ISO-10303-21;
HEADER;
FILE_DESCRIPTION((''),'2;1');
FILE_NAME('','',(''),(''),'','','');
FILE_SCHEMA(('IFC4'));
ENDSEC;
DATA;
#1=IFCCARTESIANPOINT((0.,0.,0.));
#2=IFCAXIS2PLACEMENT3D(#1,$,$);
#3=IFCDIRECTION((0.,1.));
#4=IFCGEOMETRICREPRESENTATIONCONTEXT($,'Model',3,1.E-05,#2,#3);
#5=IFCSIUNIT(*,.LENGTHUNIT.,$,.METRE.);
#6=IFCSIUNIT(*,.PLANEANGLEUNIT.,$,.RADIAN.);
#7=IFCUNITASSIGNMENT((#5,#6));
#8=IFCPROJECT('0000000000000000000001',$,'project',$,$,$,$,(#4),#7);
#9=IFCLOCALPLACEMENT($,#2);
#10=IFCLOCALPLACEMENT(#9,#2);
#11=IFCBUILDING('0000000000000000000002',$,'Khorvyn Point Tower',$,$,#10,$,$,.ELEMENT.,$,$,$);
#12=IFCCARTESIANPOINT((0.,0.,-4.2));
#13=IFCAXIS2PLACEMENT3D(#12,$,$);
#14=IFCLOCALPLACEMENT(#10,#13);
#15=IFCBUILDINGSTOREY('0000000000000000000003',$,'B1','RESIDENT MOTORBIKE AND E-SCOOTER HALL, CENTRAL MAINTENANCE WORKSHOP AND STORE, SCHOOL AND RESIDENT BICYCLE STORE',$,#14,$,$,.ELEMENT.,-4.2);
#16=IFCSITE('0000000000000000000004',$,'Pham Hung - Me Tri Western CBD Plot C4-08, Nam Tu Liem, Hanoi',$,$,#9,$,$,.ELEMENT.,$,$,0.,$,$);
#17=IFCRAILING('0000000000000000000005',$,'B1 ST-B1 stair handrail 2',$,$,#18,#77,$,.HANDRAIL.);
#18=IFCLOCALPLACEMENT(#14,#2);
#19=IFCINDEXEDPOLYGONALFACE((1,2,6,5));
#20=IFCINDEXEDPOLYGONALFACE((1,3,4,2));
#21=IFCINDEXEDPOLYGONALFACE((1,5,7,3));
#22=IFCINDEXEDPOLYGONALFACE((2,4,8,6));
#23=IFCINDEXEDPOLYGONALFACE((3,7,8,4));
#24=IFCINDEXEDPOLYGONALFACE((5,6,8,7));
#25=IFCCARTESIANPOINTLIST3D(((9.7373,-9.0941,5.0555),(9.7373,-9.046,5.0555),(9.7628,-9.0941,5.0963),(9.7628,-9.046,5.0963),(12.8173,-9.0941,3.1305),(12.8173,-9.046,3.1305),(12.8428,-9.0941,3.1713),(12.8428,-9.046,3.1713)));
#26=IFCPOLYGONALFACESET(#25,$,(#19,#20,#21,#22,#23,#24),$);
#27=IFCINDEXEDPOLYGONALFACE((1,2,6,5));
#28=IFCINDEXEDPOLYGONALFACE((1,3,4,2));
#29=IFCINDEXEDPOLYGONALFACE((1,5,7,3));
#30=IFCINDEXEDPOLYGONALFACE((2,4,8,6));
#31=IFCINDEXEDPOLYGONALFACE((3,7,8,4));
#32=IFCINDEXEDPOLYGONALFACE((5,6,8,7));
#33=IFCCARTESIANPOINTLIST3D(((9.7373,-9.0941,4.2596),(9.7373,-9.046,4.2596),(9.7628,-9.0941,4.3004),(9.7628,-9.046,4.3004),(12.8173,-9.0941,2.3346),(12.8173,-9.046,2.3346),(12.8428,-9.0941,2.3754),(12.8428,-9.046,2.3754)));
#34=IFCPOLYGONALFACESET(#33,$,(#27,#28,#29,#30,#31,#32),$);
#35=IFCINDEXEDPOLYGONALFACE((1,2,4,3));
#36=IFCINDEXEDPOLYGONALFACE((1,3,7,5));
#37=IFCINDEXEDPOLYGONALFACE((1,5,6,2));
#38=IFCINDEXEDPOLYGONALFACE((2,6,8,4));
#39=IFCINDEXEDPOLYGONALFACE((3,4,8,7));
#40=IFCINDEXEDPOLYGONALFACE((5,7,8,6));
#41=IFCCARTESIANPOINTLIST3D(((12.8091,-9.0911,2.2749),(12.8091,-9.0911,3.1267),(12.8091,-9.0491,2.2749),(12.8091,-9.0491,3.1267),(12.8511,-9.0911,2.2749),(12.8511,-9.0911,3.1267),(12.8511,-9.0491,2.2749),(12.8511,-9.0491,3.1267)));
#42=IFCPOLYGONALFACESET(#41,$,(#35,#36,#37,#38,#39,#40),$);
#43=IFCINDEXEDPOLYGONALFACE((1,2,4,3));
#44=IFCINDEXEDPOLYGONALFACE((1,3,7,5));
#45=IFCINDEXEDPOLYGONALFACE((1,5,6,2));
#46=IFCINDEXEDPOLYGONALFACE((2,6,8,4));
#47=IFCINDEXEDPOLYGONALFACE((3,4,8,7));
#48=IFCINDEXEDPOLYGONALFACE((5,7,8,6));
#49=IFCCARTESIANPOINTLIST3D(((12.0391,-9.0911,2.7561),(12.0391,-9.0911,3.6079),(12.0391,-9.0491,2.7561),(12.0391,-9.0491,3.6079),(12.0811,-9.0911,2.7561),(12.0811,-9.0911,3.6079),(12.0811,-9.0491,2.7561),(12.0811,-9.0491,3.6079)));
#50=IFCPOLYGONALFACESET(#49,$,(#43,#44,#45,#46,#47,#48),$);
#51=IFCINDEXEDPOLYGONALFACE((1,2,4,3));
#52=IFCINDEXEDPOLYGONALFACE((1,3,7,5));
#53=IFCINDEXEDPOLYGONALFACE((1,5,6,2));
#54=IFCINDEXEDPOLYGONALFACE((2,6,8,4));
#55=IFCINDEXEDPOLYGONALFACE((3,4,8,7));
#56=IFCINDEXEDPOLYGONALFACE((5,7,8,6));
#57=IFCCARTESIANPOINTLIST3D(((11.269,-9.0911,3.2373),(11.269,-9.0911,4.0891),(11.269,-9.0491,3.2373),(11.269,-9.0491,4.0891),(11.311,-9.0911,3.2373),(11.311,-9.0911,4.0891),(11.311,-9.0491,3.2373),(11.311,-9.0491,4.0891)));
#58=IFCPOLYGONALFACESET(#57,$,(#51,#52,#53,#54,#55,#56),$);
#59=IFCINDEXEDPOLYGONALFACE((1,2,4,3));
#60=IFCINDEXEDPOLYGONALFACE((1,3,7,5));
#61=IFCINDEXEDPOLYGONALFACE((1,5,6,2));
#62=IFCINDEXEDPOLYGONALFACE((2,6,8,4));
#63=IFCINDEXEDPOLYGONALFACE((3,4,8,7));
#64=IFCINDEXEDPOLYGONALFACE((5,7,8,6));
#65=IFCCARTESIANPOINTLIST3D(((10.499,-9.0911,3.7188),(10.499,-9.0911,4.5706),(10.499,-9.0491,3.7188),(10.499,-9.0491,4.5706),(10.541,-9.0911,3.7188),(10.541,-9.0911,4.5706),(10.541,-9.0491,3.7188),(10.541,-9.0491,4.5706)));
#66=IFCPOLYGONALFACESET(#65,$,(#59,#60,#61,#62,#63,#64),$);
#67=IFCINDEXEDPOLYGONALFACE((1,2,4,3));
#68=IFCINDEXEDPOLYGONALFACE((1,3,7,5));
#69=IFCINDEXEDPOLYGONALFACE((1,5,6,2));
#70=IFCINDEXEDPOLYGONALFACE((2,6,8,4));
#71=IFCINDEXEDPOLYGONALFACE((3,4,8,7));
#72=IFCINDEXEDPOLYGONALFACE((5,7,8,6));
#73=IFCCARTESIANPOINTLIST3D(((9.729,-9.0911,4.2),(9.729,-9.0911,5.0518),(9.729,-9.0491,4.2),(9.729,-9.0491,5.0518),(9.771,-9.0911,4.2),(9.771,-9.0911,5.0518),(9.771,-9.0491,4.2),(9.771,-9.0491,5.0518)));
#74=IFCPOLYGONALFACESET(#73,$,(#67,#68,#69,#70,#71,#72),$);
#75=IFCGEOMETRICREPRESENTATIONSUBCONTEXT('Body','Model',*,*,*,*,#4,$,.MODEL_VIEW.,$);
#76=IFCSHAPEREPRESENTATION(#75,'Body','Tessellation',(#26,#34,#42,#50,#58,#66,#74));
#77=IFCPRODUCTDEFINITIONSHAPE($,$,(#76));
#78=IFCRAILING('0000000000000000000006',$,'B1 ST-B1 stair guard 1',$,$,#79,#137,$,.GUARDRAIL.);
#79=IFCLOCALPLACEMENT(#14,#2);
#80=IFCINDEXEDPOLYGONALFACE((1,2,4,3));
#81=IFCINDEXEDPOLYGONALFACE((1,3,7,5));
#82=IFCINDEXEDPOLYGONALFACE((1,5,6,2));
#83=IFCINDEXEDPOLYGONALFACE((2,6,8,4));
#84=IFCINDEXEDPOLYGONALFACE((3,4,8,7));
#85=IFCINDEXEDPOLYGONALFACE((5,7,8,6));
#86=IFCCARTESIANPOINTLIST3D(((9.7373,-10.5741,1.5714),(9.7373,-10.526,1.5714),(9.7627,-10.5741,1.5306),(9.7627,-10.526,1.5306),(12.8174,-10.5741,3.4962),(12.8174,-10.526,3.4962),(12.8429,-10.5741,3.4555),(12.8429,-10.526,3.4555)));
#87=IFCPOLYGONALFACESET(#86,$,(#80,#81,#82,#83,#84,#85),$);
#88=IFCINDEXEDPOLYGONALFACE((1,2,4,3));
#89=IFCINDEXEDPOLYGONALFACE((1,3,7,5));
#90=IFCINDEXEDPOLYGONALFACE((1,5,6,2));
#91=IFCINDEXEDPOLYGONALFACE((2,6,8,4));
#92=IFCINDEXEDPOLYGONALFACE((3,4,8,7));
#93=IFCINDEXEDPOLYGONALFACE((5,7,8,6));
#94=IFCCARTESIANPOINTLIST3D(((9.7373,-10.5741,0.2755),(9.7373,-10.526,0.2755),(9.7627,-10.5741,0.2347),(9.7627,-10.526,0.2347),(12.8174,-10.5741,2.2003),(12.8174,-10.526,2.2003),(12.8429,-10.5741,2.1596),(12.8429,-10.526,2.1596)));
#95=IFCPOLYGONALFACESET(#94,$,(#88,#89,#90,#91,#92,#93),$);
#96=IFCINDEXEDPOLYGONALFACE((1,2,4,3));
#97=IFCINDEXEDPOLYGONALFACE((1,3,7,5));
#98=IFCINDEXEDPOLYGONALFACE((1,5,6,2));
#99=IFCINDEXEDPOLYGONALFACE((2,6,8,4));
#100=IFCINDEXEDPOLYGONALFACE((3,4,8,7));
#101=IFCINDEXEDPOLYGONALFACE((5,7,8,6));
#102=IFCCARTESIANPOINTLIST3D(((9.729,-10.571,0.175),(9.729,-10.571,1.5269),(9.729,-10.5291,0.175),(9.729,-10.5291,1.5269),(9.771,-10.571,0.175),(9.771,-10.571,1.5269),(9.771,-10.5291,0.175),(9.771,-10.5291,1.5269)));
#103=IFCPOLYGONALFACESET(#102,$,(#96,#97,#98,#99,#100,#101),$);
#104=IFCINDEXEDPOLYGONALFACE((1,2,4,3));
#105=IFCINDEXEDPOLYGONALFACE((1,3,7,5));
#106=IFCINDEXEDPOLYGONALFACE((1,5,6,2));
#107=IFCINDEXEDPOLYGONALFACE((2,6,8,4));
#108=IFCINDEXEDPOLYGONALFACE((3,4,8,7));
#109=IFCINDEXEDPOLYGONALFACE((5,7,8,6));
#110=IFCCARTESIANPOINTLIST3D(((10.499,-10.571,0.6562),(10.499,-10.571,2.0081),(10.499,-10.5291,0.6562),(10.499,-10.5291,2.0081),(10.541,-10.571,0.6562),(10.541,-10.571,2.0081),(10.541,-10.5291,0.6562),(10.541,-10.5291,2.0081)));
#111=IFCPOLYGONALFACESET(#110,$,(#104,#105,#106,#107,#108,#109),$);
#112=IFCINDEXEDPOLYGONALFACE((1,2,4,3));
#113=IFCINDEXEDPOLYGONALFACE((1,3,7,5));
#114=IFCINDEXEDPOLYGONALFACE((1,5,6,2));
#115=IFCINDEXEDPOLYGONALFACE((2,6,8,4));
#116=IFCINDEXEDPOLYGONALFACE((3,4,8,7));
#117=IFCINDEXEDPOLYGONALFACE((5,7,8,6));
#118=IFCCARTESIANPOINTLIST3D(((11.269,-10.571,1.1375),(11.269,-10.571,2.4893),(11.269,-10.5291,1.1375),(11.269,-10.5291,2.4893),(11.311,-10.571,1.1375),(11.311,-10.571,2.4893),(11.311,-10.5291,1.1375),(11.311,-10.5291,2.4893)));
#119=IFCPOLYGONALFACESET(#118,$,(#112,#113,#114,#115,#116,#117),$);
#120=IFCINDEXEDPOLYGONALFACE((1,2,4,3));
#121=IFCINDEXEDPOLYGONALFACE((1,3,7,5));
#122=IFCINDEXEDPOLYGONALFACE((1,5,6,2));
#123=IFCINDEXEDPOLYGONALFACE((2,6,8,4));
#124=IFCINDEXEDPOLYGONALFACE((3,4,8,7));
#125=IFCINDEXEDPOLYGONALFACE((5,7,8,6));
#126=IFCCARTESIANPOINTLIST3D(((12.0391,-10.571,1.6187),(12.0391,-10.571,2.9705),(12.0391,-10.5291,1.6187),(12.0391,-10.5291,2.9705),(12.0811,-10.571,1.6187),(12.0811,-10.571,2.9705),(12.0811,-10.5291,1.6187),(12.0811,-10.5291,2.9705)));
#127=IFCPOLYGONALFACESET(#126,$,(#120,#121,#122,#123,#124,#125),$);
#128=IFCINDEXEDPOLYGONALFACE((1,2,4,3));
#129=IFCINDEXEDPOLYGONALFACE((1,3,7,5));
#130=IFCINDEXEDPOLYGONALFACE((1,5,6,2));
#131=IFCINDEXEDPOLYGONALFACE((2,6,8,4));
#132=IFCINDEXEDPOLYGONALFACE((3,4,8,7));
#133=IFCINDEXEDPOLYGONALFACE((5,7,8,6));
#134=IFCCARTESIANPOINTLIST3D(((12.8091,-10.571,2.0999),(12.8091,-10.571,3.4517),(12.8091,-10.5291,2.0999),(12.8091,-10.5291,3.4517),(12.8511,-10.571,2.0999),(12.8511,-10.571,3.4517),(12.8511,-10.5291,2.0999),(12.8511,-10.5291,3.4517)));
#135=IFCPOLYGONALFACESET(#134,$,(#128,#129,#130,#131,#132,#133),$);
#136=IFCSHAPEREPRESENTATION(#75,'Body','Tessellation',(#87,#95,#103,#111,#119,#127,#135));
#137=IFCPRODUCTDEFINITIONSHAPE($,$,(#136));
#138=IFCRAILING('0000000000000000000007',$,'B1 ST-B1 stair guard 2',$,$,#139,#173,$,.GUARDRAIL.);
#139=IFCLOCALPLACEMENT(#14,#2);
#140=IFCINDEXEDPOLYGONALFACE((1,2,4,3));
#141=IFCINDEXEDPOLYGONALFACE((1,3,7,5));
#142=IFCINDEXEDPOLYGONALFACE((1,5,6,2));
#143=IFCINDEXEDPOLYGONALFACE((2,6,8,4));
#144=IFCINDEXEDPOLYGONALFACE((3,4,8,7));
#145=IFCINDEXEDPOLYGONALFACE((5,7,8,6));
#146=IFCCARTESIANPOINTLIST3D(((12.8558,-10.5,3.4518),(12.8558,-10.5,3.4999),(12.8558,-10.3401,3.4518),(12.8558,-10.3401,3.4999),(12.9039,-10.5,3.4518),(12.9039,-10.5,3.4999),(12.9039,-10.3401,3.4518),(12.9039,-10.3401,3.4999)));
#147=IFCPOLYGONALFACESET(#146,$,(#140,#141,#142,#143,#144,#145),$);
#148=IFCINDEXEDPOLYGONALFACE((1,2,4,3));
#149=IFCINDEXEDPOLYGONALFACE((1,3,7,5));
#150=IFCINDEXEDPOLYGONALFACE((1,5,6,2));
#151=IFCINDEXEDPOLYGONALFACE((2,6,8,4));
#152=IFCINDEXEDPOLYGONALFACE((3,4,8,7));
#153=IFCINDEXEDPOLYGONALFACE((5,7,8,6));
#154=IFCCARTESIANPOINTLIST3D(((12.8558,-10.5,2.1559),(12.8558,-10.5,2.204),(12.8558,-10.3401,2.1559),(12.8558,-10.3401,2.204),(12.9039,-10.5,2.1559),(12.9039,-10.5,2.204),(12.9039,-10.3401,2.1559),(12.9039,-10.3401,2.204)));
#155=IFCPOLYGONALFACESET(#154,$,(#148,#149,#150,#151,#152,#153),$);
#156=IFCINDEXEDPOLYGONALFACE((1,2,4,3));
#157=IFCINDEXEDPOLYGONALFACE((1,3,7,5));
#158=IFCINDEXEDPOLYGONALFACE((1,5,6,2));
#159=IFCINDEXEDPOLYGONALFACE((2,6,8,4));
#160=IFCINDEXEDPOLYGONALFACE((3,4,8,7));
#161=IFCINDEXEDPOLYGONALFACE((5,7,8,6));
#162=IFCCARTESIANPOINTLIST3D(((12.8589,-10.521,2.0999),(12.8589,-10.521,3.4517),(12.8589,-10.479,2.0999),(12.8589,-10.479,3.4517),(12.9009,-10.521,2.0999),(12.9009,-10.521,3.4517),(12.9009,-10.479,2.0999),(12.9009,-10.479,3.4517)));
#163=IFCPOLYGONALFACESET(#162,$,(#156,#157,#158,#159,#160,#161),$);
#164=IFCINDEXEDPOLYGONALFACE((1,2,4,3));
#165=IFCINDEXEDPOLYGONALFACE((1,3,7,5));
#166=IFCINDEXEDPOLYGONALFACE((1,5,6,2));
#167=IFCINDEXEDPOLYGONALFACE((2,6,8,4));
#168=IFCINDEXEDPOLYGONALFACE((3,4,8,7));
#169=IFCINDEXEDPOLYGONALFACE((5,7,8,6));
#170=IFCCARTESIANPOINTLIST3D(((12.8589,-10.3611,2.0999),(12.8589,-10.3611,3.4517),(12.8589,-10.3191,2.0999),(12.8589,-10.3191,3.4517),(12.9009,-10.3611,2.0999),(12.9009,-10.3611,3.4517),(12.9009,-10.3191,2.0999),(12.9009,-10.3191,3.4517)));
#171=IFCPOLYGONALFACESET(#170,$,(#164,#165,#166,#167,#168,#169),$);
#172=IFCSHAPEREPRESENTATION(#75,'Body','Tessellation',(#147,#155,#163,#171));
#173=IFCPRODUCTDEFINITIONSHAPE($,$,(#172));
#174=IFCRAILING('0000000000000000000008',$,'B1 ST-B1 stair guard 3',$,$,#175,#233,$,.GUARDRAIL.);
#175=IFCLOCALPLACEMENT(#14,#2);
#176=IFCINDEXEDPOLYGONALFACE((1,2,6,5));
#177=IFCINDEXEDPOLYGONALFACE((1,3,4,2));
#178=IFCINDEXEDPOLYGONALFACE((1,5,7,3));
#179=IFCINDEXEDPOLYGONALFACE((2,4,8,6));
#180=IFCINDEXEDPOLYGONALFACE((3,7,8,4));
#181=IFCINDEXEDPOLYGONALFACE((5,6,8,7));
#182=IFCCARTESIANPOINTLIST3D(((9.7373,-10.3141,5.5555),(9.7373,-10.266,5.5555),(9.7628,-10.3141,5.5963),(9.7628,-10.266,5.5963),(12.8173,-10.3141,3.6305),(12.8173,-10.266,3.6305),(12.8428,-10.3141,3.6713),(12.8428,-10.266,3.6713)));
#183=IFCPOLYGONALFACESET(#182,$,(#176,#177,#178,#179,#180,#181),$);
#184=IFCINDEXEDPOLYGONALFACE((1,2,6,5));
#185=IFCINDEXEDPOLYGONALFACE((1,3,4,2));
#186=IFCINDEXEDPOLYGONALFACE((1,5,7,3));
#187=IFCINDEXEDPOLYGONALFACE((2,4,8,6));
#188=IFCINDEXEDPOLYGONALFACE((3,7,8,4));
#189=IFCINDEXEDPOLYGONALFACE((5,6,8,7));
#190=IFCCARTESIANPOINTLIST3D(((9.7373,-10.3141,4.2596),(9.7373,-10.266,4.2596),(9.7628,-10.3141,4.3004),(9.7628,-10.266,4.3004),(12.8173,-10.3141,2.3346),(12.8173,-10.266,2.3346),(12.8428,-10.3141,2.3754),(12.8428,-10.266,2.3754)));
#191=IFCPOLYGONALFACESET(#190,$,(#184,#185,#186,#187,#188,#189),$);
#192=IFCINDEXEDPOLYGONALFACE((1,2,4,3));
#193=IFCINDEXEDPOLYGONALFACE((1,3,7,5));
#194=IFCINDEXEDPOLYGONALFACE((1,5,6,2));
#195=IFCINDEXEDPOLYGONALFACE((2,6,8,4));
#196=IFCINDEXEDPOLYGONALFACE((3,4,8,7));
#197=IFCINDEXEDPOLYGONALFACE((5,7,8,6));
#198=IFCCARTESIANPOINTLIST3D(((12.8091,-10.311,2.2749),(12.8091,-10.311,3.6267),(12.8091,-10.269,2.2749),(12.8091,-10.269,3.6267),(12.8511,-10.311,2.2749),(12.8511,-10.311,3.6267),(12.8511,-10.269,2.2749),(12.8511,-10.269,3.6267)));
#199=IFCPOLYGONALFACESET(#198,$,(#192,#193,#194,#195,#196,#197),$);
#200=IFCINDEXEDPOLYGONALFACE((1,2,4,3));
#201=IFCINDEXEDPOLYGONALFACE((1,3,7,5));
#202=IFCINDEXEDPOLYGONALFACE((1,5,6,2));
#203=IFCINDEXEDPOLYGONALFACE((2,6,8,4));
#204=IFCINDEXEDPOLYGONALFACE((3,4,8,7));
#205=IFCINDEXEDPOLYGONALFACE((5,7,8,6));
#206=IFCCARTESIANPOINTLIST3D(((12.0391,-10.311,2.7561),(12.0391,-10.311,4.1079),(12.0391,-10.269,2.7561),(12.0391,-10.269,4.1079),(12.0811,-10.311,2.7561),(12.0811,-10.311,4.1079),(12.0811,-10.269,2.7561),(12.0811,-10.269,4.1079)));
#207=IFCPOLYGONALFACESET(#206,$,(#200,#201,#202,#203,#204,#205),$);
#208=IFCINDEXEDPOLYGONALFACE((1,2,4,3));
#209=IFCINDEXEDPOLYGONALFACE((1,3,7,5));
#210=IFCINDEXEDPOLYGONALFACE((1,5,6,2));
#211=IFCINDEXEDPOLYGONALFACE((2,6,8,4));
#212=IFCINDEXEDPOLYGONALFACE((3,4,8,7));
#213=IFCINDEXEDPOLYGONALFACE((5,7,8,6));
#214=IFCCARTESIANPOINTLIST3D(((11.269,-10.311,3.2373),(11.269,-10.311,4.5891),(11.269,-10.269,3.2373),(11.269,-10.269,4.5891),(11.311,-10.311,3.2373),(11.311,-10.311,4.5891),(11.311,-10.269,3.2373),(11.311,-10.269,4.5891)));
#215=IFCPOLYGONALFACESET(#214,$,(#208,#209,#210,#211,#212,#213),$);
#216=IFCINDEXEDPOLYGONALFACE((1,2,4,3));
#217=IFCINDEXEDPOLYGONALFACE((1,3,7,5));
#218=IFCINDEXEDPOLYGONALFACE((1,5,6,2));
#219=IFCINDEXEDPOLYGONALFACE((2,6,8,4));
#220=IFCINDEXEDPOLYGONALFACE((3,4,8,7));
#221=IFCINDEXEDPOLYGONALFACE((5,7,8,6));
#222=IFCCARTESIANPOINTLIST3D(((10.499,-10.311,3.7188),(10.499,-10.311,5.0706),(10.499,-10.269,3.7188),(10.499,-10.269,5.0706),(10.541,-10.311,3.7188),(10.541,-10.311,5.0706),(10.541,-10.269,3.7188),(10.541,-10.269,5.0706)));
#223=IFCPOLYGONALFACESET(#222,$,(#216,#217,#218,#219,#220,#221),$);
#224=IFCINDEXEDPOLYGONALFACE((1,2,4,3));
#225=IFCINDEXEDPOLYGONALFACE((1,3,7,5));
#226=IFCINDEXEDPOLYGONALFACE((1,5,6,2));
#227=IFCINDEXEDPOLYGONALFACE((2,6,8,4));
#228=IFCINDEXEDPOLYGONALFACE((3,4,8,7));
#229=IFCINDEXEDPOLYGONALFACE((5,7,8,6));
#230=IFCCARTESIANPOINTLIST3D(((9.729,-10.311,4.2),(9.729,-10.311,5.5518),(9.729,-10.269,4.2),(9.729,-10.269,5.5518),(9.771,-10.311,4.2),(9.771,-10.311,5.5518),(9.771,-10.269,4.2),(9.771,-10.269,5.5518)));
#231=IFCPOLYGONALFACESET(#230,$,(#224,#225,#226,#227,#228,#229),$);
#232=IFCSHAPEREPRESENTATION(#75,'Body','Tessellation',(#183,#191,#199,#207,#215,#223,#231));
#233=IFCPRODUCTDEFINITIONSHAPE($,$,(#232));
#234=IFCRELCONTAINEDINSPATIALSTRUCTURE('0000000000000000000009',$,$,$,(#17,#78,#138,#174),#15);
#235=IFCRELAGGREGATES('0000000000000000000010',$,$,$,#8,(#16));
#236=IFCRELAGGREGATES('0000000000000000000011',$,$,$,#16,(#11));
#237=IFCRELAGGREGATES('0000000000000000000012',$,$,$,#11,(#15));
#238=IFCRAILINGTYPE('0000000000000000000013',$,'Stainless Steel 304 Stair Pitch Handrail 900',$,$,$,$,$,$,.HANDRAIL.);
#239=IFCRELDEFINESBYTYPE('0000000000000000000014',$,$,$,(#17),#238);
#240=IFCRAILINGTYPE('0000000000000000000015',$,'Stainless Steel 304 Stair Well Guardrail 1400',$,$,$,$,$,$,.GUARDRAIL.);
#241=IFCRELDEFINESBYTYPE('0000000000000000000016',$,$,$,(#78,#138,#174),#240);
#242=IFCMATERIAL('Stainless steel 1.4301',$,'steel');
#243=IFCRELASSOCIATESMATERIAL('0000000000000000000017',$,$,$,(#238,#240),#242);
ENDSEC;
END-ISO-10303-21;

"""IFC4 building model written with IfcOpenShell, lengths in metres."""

from ifc_helpers import new_model, si_unit, direction, frame, origin, origin_2d, place, context, subcontext, project, spatial, rectangle, extrude, material, type_object, element, save


model = new_model("IFC4")

# Units and contexts
model_context = context("Model", 3, precision=1e-05, world=origin(), true_north=direction((0.0, 1.0)))
body_context = subcontext(model_context, "Body", "Model", "MODEL_VIEW")
ifc_project = project(units=[si_unit("LENGTHUNIT", "METRE"), si_unit("PLANEANGLEUNIT", "RADIAN")], contexts=[model_context])

# Site, building, storey
site_placement = place(None, origin())
site = spatial("IfcSite", under=ifc_project, at=site_placement, Name="Pham Hung - Me Tri Western CBD Plot C4-08, Nam Tu Liem, Hanoi", CompositionType="ELEMENT", RefElevation=0.0)
building_placement = place(site_placement, origin())
building = spatial("IfcBuilding", under=site, at=building_placement, Name="Khorvyn Point Tower", CompositionType="ELEMENT")
storey_placement = place(building_placement, frame((0.0, 0.0, -4.2)))
storey = spatial("IfcBuildingStorey", under=building, at=storey_placement, Name="B1", Description="RESIDENT MOTORBIKE AND E-SCOOTER HALL, CENTRAL MAINTENANCE WORKSHOP AND STORE, SCHOOL AND RESIDENT BICYCLE STORE", CompositionType="ELEMENT", Elevation=-4.2)

# Railings
ifc_material_1 = material(Name="Stainless steel 1.4301", Category="steel")
railing_type_1 = type_object("IfcRailingType", Name="Stainless Steel 304 Stair Pitch Handrail 900", PredefinedType="HANDRAIL", material=ifc_material_1)
railing_1_placement = place(storey_placement, frame((12.8301, -9.0701, 2.2749)))
element("IfcRailing", 1, at=railing_1_placement, inside=storey, type_object=railing_type_1, Name="B1 ST-B1 stair handrail 2", PredefinedType="HANDRAIL", context=body_context, shape_type="SweptSolid", body=[
    extrude(rectangle(XDim=0.0481, YDim=0.0481, at=origin_2d()), frame((0.0, 0.0, 0.876), z_axis=(-0.847998, 0.0, 0.529999), x_axis=(0.0, -1.0, 0.0)), (0.0, 0.0, 1.0), 3.6321),
    extrude(rectangle(XDim=0.0481, YDim=0.0481, at=origin_2d()), frame((0.0, 0.0, 0.0801), z_axis=(-0.847998, 0.0, 0.529999), x_axis=(0.0, -1.0, 0.0)), (0.0, 0.0, 1.0), 3.6321),
    extrude(rectangle(XDim=0.042, YDim=0.042, at=origin_2d()), origin(), (0.0, 0.0, 1.0), 0.8518),
    extrude(rectangle(XDim=0.042, YDim=0.042, at=origin_2d()), frame((-0.77, 0.0, 0.4812)), (0.0, 0.0, 1.0), 0.8518),
    extrude(rectangle(XDim=0.042, YDim=0.042, at=origin_2d()), frame((-1.54, 0.0, 0.9624)), (0.0, 0.0, 1.0), 0.8518),
    extrude(rectangle(XDim=0.042, YDim=0.042, at=origin_2d()), frame((-2.3101, 0.0, 1.4438)), (0.0, 0.0, 1.0), 0.8518),
    extrude(rectangle(XDim=0.042, YDim=0.042, at=origin_2d()), frame((-3.0801, 0.0, 1.925)), (0.0, 0.0, 1.0), 0.8518),
])
railing_type_2 = type_object("IfcRailingType", Name="Stainless Steel 304 Stair Well Guardrail 1400", PredefinedType="GUARDRAIL", material=ifc_material_1)
railing_2_placement = place(storey_placement, frame((9.75, -10.55, 0.175)))
element("IfcRailing", 2, at=railing_2_placement, inside=storey, type_object=railing_type_2, Name="B1 ST-B1 stair guard 1", PredefinedType="GUARDRAIL", context=body_context, shape_type="SweptSolid", body=[
    extrude(rectangle(XDim=0.0481, YDim=0.0481, at=origin_2d()), frame((0.0, 0.0, 1.376), z_axis=(0.848029, 0.0, 0.529951), x_axis=(0.0, 1.0, 0.0)), (0.0, 0.0, 1.0), 3.6321),
    extrude(rectangle(XDim=0.0481, YDim=0.0481, at=origin_2d()), frame((0.0, 0.0, 0.0801), z_axis=(0.848029, 0.0, 0.529951), x_axis=(0.0, 1.0, 0.0)), (0.0, 0.0, 1.0), 3.6321),
    extrude(rectangle(XDim=0.042, YDim=0.042, at=origin_2d()), origin(), (0.0, 0.0, 1.0), 1.3518),
    extrude(rectangle(XDim=0.042, YDim=0.042, at=origin_2d()), frame((0.77, 0.0, 0.4812)), (0.0, 0.0, 1.0), 1.3518),
    extrude(rectangle(XDim=0.042, YDim=0.042, at=origin_2d()), frame((1.54, 0.0, 0.9624)), (0.0, 0.0, 1.0), 1.3518),
    extrude(rectangle(XDim=0.042, YDim=0.042, at=origin_2d()), frame((2.3101, 0.0, 1.4436)), (0.0, 0.0, 1.0), 1.3518),
    extrude(rectangle(XDim=0.042, YDim=0.042, at=origin_2d()), frame((3.0801, 0.0, 1.9248)), (0.0, 0.0, 1.0), 1.3518),
])
railing_3_placement = place(storey_placement, frame((12.8799, -10.5, 2.0999)))
element("IfcRailing", 3, at=railing_3_placement, inside=storey, type_object=railing_type_2, Name="B1 ST-B1 stair guard 2", PredefinedType="GUARDRAIL", context=body_context, shape_type="SweptSolid", body=[
    extrude(rectangle(XDim=0.0481, YDim=0.0481, at=origin_2d()), frame((0.0, 0.0, 1.376), z_axis=(0.0, 1.0, 0.0), x_axis=(-1.0, 0.0, 0.0)), (0.0, 0.0, 1.0), 0.1599),
    extrude(rectangle(XDim=0.0481, YDim=0.0481, at=origin_2d()), frame((0.0, 0.0, 0.0801), z_axis=(0.0, 1.0, 0.0), x_axis=(-1.0, 0.0, 0.0)), (0.0, 0.0, 1.0), 0.1599),
    extrude(rectangle(XDim=0.042, YDim=0.042, at=origin_2d()), origin(), (0.0, 0.0, 1.0), 1.3518),
    extrude(rectangle(XDim=0.042, YDim=0.042, at=origin_2d()), frame((0.0, 0.1599, 0.0)), (0.0, 0.0, 1.0), 1.3518),
])
railing_4_placement = place(storey_placement, frame((12.8301, -10.29, 2.2749)))
element("IfcRailing", 4, at=railing_4_placement, inside=storey, type_object=railing_type_2, Name="B1 ST-B1 stair guard 3", PredefinedType="GUARDRAIL", context=body_context, shape_type="SweptSolid", body=[
    extrude(rectangle(XDim=0.0481, YDim=0.0481, at=origin_2d()), frame((0.0, 0.0, 1.376), z_axis=(-0.847998, 0.0, 0.529999), x_axis=(0.0, -1.0, 0.0)), (0.0, 0.0, 1.0), 3.6321),
    extrude(rectangle(XDim=0.0481, YDim=0.0481, at=origin_2d()), frame((0.0, 0.0, 0.0801), z_axis=(-0.847998, 0.0, 0.529999), x_axis=(0.0, -1.0, 0.0)), (0.0, 0.0, 1.0), 3.6321),
    extrude(rectangle(XDim=0.042, YDim=0.042, at=origin_2d()), origin(), (0.0, 0.0, 1.0), 1.3518),
    extrude(rectangle(XDim=0.042, YDim=0.042, at=origin_2d()), frame((-0.77, 0.0, 0.4812)), (0.0, 0.0, 1.0), 1.3518),
    extrude(rectangle(XDim=0.042, YDim=0.042, at=origin_2d()), frame((-1.54, 0.0, 0.9624)), (0.0, 0.0, 1.0), 1.3518),
    extrude(rectangle(XDim=0.042, YDim=0.042, at=origin_2d()), frame((-2.3101, 0.0, 1.4438)), (0.0, 0.0, 1.0), 1.3518),
    extrude(rectangle(XDim=0.042, YDim=0.042, at=origin_2d()), frame((-3.0801, 0.0, 1.925)), (0.0, 0.0, 1.0), 1.3518),
])

save(model, "model.ifc")
